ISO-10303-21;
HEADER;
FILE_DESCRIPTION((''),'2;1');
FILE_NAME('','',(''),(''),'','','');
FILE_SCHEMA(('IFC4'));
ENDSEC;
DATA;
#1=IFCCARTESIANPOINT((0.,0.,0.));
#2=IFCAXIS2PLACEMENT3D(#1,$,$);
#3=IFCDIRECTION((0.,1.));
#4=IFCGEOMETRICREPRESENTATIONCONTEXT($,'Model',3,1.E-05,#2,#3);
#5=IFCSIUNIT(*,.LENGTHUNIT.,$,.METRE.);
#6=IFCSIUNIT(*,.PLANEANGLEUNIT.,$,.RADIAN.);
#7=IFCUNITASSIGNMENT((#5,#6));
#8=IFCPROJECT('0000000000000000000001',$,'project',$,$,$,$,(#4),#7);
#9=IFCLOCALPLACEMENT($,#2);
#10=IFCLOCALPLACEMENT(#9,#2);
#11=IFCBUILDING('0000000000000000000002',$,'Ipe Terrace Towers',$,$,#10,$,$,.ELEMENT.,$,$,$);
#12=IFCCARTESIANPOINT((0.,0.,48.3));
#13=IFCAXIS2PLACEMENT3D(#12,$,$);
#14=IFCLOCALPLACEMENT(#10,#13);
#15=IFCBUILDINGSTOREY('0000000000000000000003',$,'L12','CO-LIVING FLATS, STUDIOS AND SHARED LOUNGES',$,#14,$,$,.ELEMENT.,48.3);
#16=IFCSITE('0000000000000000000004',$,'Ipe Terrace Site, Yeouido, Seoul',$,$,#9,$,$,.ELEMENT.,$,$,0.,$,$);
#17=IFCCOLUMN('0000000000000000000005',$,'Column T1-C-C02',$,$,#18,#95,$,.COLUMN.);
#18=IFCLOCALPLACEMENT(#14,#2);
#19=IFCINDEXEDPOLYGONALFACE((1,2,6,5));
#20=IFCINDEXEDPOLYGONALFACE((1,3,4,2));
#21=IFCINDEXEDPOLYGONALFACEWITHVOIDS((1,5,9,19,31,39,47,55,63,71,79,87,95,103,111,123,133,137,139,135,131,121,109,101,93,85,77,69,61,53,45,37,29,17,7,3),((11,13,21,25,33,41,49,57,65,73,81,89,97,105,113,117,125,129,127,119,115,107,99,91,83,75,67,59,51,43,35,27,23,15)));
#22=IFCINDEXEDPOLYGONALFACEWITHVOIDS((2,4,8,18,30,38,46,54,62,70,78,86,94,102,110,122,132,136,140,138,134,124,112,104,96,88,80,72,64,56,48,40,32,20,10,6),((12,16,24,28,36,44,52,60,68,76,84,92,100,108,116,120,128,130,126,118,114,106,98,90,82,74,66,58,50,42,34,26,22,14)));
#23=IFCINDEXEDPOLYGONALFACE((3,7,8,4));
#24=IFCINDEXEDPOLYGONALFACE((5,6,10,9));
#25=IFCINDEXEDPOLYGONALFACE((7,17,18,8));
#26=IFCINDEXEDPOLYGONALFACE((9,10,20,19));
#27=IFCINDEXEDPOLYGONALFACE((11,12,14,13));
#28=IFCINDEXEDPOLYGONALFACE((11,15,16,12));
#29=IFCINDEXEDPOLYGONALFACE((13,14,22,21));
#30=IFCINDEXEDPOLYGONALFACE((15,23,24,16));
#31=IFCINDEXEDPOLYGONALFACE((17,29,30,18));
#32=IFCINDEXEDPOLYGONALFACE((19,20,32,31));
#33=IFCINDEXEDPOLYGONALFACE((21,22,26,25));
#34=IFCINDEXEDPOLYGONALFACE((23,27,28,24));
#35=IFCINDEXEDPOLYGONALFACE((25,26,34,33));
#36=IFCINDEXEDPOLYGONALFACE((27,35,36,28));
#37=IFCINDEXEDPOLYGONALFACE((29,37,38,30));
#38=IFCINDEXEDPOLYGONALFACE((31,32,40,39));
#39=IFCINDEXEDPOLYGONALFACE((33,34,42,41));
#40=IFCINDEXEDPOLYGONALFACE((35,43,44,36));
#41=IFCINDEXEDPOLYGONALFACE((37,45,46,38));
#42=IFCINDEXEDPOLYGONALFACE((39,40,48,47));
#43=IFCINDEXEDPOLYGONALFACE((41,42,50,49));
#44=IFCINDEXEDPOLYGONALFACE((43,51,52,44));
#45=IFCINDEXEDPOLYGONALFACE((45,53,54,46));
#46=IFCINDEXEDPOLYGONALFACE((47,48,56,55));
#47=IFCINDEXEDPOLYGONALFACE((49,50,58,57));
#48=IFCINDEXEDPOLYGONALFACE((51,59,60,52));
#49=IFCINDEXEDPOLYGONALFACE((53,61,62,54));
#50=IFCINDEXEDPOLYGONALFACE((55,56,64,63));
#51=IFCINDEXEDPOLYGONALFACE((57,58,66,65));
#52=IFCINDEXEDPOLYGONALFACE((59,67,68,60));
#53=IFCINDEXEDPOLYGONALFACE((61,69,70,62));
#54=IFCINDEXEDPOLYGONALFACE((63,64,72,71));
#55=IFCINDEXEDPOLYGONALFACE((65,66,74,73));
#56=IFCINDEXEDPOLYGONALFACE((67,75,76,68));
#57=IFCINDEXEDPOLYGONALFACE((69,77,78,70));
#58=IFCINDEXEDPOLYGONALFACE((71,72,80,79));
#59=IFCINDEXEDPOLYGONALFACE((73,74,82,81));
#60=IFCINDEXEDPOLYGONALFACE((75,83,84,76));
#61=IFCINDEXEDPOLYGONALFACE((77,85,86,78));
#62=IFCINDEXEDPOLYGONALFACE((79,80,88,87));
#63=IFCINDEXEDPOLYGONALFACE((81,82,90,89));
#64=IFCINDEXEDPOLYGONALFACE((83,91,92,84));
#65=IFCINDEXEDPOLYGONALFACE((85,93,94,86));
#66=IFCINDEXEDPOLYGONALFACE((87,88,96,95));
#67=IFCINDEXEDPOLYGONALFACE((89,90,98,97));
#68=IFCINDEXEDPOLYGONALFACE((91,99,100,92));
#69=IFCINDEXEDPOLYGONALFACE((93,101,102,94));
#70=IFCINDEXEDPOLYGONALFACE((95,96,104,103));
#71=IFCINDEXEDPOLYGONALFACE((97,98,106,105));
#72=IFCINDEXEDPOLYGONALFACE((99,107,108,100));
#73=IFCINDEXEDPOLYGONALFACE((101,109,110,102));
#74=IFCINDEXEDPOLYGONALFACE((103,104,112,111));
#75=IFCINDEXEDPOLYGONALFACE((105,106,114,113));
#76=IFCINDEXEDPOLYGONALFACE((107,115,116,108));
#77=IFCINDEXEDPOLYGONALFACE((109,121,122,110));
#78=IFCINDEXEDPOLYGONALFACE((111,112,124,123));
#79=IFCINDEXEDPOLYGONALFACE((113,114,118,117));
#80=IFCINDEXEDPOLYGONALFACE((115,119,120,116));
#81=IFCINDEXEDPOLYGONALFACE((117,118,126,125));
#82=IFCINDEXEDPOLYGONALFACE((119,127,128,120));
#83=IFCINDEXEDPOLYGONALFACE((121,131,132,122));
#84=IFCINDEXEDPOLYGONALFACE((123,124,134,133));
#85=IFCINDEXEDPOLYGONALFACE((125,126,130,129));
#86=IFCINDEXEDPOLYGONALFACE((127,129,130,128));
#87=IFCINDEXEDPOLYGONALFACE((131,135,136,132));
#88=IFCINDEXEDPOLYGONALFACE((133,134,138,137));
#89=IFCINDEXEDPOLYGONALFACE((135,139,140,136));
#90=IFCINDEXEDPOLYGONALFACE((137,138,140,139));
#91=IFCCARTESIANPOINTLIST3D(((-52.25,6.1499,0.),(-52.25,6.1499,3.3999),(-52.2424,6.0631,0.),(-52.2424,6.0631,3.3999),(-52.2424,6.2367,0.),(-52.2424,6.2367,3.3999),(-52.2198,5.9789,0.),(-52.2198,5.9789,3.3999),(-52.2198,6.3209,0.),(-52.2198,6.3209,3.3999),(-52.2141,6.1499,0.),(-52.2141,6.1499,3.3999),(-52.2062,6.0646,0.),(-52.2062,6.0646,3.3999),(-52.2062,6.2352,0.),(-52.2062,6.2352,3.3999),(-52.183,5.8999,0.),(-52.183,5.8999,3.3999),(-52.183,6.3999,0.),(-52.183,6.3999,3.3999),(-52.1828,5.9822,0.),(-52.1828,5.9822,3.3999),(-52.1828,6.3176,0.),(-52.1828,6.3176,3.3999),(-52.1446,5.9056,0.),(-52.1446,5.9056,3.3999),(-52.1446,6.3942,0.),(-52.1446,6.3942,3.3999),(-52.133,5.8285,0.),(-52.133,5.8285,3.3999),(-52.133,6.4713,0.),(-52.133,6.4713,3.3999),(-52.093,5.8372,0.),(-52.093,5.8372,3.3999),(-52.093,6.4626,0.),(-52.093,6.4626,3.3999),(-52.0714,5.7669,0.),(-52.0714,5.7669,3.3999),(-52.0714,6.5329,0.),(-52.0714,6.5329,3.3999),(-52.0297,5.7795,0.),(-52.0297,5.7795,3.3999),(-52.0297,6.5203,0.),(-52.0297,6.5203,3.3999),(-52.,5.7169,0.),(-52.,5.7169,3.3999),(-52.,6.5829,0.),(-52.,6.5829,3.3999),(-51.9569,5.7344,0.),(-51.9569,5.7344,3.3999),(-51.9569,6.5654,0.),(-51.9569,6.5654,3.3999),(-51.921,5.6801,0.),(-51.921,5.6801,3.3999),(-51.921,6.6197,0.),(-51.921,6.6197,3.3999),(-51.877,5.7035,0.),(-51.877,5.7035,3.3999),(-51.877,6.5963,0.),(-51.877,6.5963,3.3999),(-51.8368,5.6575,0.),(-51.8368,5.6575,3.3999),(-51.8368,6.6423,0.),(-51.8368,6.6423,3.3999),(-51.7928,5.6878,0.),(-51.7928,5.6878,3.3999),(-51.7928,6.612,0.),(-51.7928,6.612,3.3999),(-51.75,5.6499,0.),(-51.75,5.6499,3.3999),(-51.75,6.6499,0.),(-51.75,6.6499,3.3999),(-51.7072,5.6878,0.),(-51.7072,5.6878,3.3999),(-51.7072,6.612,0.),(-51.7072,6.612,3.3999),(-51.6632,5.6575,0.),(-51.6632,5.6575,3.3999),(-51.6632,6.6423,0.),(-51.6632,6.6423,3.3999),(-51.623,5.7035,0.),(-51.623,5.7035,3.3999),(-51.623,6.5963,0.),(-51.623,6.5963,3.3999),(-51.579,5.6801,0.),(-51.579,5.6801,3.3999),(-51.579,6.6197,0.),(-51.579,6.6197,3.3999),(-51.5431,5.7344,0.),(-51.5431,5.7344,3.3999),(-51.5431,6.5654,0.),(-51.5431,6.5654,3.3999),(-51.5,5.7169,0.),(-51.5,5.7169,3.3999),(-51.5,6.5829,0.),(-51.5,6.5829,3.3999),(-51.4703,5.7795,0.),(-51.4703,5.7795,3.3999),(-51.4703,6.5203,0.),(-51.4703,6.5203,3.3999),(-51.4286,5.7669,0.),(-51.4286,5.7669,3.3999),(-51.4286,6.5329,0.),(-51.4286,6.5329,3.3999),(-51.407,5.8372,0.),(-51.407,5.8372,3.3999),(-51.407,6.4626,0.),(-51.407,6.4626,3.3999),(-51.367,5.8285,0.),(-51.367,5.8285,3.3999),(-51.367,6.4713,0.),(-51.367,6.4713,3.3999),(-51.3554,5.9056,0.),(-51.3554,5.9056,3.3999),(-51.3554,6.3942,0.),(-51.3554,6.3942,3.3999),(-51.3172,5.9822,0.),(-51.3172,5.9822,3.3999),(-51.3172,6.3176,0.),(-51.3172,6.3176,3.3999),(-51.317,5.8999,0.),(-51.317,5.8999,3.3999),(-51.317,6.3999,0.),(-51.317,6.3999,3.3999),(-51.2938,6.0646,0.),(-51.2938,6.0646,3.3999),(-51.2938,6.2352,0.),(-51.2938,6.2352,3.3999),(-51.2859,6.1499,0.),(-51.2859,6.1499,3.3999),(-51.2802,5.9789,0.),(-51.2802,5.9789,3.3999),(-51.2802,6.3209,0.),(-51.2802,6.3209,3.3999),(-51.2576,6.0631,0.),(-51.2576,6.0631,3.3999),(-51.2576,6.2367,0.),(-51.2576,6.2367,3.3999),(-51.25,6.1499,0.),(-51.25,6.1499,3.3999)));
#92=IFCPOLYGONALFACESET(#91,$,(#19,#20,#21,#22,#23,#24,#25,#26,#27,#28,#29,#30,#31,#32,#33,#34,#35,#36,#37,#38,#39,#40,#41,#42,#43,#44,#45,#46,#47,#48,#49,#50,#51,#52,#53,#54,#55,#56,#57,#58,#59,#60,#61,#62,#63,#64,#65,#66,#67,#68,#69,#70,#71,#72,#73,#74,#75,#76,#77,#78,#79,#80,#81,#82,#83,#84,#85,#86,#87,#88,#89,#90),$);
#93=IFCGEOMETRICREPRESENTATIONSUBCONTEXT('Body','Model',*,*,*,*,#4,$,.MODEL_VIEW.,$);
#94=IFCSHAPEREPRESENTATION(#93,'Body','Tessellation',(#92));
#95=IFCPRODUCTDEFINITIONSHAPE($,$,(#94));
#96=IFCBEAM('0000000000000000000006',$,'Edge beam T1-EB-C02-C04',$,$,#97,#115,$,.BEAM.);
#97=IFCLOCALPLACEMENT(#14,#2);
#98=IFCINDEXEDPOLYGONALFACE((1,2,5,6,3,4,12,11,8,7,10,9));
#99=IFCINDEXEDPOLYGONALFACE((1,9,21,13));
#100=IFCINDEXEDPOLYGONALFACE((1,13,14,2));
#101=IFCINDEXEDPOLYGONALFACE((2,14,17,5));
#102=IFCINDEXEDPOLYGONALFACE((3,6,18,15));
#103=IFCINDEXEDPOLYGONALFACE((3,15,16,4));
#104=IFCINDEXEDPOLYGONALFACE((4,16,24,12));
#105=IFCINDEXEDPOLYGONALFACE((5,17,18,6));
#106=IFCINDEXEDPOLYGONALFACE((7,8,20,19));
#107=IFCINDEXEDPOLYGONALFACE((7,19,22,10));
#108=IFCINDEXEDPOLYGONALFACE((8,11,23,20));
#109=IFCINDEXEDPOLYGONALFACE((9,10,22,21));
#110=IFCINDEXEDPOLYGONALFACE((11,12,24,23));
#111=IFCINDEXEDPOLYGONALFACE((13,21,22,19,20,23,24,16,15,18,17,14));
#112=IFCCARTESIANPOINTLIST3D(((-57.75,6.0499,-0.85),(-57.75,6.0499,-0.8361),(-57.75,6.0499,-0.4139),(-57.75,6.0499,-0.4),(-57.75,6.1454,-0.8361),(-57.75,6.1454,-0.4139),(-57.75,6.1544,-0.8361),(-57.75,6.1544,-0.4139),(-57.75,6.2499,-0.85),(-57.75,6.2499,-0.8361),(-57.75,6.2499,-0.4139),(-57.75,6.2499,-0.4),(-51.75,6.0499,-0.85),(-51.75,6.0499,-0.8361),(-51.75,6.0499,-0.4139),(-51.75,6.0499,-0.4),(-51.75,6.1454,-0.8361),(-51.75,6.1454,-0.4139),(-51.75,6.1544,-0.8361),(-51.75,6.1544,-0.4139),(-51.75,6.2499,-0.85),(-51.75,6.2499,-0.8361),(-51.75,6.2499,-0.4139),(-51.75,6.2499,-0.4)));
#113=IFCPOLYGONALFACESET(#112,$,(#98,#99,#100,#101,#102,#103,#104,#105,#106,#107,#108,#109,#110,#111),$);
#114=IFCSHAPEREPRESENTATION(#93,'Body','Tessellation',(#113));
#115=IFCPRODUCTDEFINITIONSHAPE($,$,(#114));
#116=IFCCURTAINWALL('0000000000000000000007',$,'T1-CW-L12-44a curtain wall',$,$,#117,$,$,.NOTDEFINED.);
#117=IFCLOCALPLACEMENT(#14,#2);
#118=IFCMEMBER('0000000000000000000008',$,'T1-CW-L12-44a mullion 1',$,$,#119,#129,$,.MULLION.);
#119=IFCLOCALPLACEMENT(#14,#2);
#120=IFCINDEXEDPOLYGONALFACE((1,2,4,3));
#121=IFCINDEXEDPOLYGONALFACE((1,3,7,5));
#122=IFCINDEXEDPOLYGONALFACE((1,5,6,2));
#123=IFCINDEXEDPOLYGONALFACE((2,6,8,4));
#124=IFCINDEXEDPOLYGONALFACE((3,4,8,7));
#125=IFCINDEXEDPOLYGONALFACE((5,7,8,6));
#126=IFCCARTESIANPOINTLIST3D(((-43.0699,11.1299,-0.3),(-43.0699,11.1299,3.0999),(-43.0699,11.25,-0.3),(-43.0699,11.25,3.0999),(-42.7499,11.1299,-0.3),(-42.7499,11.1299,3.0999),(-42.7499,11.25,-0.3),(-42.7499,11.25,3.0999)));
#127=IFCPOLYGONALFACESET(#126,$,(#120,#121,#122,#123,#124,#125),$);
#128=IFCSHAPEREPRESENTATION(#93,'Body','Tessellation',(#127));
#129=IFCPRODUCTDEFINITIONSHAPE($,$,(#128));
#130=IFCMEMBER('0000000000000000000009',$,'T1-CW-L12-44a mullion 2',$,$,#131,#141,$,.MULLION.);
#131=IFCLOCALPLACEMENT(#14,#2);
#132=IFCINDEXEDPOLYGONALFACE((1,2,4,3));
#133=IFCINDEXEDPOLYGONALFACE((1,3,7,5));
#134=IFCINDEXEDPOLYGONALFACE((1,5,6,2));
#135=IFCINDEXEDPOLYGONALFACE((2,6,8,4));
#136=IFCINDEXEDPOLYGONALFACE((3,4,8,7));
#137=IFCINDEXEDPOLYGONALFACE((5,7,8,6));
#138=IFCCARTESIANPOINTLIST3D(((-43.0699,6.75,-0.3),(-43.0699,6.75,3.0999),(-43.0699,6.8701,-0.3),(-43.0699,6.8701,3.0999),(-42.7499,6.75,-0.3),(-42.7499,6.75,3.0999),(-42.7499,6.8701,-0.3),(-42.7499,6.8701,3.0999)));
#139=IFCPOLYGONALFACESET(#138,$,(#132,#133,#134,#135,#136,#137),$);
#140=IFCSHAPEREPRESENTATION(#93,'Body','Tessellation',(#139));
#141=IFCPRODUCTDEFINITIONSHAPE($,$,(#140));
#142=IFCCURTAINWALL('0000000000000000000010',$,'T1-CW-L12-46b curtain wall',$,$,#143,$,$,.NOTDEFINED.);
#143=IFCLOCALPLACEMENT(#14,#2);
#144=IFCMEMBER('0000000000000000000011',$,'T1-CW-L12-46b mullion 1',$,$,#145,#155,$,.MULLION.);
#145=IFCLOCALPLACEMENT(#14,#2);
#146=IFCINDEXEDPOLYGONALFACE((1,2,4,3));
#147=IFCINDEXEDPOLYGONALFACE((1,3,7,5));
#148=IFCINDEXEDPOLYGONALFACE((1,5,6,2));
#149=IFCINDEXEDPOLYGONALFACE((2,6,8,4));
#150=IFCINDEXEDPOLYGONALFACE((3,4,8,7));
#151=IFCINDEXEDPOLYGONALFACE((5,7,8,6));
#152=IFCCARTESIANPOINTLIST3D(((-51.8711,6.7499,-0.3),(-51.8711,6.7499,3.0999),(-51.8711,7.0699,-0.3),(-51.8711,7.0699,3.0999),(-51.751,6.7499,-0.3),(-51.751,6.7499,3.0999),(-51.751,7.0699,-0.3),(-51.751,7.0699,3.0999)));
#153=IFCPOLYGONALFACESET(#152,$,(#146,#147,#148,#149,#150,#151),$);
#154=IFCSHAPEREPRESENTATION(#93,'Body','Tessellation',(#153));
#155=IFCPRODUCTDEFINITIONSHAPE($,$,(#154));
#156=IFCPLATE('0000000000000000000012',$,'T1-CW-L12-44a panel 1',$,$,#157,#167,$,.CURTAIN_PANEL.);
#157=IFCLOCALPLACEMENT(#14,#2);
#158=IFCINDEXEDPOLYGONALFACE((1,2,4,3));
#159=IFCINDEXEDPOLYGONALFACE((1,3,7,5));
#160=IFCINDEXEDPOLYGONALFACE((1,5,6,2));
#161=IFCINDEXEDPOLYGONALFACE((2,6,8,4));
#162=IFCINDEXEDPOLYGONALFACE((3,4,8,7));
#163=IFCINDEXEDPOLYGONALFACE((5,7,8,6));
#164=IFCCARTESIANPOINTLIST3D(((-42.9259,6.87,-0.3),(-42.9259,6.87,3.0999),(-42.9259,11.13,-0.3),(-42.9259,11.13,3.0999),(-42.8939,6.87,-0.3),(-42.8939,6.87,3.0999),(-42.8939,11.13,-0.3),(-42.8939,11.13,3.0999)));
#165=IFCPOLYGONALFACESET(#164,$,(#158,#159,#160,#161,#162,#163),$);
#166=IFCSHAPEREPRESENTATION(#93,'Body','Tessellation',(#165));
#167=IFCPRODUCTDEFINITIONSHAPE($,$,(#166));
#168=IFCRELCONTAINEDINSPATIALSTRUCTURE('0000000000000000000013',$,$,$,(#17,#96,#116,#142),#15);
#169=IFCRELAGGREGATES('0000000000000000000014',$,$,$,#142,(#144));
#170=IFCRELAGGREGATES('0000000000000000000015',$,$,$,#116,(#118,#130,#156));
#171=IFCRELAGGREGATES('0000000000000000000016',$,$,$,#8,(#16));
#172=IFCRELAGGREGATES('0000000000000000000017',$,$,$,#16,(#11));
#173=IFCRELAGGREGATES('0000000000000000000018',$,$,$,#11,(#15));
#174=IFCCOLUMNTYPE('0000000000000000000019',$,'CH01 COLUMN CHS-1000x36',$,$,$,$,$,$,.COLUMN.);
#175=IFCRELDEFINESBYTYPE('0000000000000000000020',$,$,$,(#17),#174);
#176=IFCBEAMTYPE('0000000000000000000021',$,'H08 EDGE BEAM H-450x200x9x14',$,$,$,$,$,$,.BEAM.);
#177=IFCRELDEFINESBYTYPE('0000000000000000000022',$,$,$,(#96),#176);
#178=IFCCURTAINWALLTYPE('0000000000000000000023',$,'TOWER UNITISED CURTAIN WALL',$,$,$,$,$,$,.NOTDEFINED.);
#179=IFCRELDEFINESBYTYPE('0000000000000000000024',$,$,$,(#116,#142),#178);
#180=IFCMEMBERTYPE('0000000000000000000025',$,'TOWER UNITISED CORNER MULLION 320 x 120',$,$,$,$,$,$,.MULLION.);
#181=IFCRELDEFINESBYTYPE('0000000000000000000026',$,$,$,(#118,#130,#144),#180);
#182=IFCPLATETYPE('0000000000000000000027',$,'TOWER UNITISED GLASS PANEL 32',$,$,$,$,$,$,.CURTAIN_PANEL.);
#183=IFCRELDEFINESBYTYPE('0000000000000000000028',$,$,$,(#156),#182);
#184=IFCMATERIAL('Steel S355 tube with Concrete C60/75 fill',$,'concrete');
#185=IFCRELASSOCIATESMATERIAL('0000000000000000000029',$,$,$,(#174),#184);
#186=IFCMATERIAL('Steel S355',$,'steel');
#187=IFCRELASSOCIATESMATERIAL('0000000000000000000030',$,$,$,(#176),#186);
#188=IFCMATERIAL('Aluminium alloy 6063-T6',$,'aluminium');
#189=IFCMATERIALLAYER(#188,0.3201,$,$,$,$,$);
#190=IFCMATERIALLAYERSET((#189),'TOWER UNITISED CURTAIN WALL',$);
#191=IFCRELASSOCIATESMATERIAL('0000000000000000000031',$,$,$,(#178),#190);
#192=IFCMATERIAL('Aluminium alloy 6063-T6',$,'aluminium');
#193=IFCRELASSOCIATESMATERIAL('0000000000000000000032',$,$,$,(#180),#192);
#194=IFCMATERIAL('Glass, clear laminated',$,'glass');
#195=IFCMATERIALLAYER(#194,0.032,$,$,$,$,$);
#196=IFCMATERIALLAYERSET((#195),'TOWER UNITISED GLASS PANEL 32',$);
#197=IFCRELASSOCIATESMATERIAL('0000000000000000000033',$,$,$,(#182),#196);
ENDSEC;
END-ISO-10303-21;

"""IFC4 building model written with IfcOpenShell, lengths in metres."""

from ifc_helpers import new_model, si_unit, direction, frame, origin, origin_2d, place, context, subcontext, project, spatial, rectangle, hollow_circle, i_section, extrude, material, layer, layer_set, material_profile, profile_set, type_object, element, aggregate, save


model = new_model("IFC4")

# Units and contexts
model_context = context("Model", 3, precision=1e-05, world=origin(), true_north=direction((0.0, 1.0)))
body_context = subcontext(model_context, "Body", "Model", "MODEL_VIEW")
ifc_project = project(units=[si_unit("LENGTHUNIT", "METRE"), si_unit("PLANEANGLEUNIT", "RADIAN")], contexts=[model_context])

# Site, building, storey
site_placement = place(None, origin())
site = spatial("IfcSite", under=ifc_project, at=site_placement, Name="Ipe Terrace Site, Yeouido, Seoul", CompositionType="ELEMENT", RefElevation=0.0)
building_placement = place(site_placement, origin())
building = spatial("IfcBuilding", under=site, at=building_placement, Name="Ipe Terrace Towers", CompositionType="ELEMENT")
storey_placement = place(building_placement, frame((0.0, 0.0, 48.3)))
storey = spatial("IfcBuildingStorey", under=building, at=storey_placement, Name="L12", Description="CO-LIVING FLATS, STUDIOS AND SHARED LOUNGES", CompositionType="ELEMENT", Elevation=48.3)

# Column
ifc_material_1 = material(Name="Steel S355 tube with Concrete C60/75 fill", Category="concrete")
ifc_material_profile_1 = material_profile(ifc_material_1, hollow_circle(Radius=0.5, WallThickness=0.0359, at=origin_2d()), Name="CHS-1000x36")
ifc_profile_set_1 = profile_set([ifc_material_profile_1], Name="Steel S355 tube with Concrete C60/75 fill")
column_type = type_object("IfcColumnType", Name="CH01 COLUMN CHS-1000x36", PredefinedType="COLUMN", material=ifc_profile_set_1)
column_placement = place(storey_placement, frame((-51.75, 6.1499, 0.0), z_axis=(0.0, 0.0, 1.0), x_axis=(1.0, 0.0, 0.0)))
element("IfcColumn", 1, at=column_placement, inside=storey, type_object=column_type, Name="Column T1-C-C02", PredefinedType="COLUMN", context=body_context, shape_type="SweptSolid", body=[
    extrude(hollow_circle(Radius=0.5, WallThickness=0.0359, at=origin_2d()), origin(), (0.0, 0.0, 1.0), 3.3999),
])

# Beam
ifc_material_2 = material(Name="Steel S355", Category="steel")
ifc_material_profile_2 = material_profile(ifc_material_2, i_section(OverallWidth=0.2, OverallDepth=0.45, WebThickness=0.009, FlangeThickness=0.0139, at=origin_2d()), Name="H-450x200x9x14")
ifc_profile_set_2 = profile_set([ifc_material_profile_2], Name="Steel S355")
beam_type = type_object("IfcBeamType", Name="H08 EDGE BEAM H-450x200x9x14", PredefinedType="BEAM", material=ifc_profile_set_2)
beam_placement = place(storey_placement, frame((-51.75, 6.1499, -0.625), z_axis=(-1.0, 0.0, 0.0), x_axis=(0.0, -1.0, 0.0)))
element("IfcBeam", 2, at=beam_placement, inside=storey, type_object=beam_type, Name="Edge beam T1-EB-C02-C04", PredefinedType="BEAM", context=body_context, shape_type="SweptSolid", body=[
    extrude(i_section(OverallWidth=0.2, OverallDepth=0.45, WebThickness=0.009, FlangeThickness=0.0139, at=origin_2d()), origin(), (0.0, 0.0, 1.0), 6.0),
])

# Curtain wall, members
ifc_material_3 = material(Name="Aluminium alloy 6063-T6", Category="aluminium")
ifc_layer_1 = layer(ifc_material_3, 0.3201)
ifc_layer_set_1 = layer_set([ifc_layer_1], Name="TOWER UNITISED CURTAIN WALL")
curtain_wall_type = type_object("IfcCurtainWallType", Name="TOWER UNITISED CURTAIN WALL", PredefinedType="NOTDEFINED", material=ifc_layer_set_1)
curtain_wall_1_placement = place(storey_placement, origin())
curtain_wall_1 = element("IfcCurtainWall", 3, at=curtain_wall_1_placement, inside=storey, type_object=curtain_wall_type, Name="T1-CW-L12-44a curtain wall", PredefinedType="NOTDEFINED")
ifc_material_4 = material(Name="Aluminium alloy 6063-T6", Category="aluminium")
ifc_material_profile_3 = material_profile(ifc_material_4, rectangle(XDim=0.3201, YDim=0.1201, at=origin_2d()), Name="TOWER UNITISED CORNER MULLION 320 x 120")
ifc_profile_set_3 = profile_set([ifc_material_profile_3], Name="Aluminium alloy 6063-T6")
member_type = type_object("IfcMemberType", Name="TOWER UNITISED CORNER MULLION 320 x 120", PredefinedType="MULLION", material=ifc_profile_set_3)
member_1_placement = place(storey_placement, frame((-42.9099, 11.1899, -0.3), z_axis=(0.0, 0.0, 1.0), x_axis=(-1.0, 0.0, 0.0)))
member_1 = element("IfcMember", 4, at=member_1_placement, type_object=member_type, Name="T1-CW-L12-44a mullion 1", PredefinedType="MULLION", context=body_context, shape_type="SweptSolid", body=[
    extrude(rectangle(XDim=0.3201, YDim=0.1201, at=origin_2d()), origin(), (0.0, 0.0, 1.0), 3.3999),
])
member_2_placement = place(storey_placement, frame((-42.9099, 6.8101, -0.3), z_axis=(0.0, 0.0, 1.0), x_axis=(-1.0, 0.0, 0.0)))
member_2 = element("IfcMember", 5, at=member_2_placement, type_object=member_type, Name="T1-CW-L12-44a mullion 2", PredefinedType="MULLION", context=body_context, shape_type="SweptSolid", body=[
    extrude(rectangle(XDim=0.3201, YDim=0.1201, at=origin_2d()), origin(), (0.0, 0.0, 1.0), 3.3999),
])

# Curtain wall, member
curtain_wall_2_placement = place(storey_placement, origin())
curtain_wall_2 = element("IfcCurtainWall", 6, at=curtain_wall_2_placement, inside=storey, type_object=curtain_wall_type, Name="T1-CW-L12-46b curtain wall", PredefinedType="NOTDEFINED")
member_3_placement = place(storey_placement, frame((-51.811, 6.9099, -0.3), z_axis=(0.0, 0.0, 1.0), x_axis=(0.0, 1.0, 0.0)))
member_3 = element("IfcMember", 7, at=member_3_placement, type_object=member_type, Name="T1-CW-L12-46b mullion 1", PredefinedType="MULLION", context=body_context, shape_type="SweptSolid", body=[
    extrude(rectangle(XDim=0.3201, YDim=0.1201, at=origin_2d()), origin(), (0.0, 0.0, 1.0), 3.3999),
])
aggregate(curtain_wall_2, [member_3])

# Plate
ifc_material_5 = material(Name="Glass, clear laminated", Category="glass")
ifc_layer_2 = layer(ifc_material_5, 0.032)
ifc_layer_set_2 = layer_set([ifc_layer_2], Name="TOWER UNITISED GLASS PANEL 32")
plate_type = type_object("IfcPlateType", Name="TOWER UNITISED GLASS PANEL 32", PredefinedType="CURTAIN_PANEL", material=ifc_layer_set_2)
plate_placement = place(storey_placement, frame((-42.9099, 9.0, -0.3), z_axis=(0.0, 0.0, 1.0), x_axis=(0.0, -1.0, 0.0)))
plate = element("IfcPlate", 8, at=plate_placement, type_object=plate_type, Name="T1-CW-L12-44a panel 1", PredefinedType="CURTAIN_PANEL", context=body_context, shape_type="SweptSolid", body=[
    extrude(rectangle(XDim=4.26, YDim=0.032, at=origin_2d()), origin(), (0.0, 0.0, 1.0), 3.3999),
])
aggregate(curtain_wall_1, [member_1, member_2, plate])

save(model, "model.ifc")
